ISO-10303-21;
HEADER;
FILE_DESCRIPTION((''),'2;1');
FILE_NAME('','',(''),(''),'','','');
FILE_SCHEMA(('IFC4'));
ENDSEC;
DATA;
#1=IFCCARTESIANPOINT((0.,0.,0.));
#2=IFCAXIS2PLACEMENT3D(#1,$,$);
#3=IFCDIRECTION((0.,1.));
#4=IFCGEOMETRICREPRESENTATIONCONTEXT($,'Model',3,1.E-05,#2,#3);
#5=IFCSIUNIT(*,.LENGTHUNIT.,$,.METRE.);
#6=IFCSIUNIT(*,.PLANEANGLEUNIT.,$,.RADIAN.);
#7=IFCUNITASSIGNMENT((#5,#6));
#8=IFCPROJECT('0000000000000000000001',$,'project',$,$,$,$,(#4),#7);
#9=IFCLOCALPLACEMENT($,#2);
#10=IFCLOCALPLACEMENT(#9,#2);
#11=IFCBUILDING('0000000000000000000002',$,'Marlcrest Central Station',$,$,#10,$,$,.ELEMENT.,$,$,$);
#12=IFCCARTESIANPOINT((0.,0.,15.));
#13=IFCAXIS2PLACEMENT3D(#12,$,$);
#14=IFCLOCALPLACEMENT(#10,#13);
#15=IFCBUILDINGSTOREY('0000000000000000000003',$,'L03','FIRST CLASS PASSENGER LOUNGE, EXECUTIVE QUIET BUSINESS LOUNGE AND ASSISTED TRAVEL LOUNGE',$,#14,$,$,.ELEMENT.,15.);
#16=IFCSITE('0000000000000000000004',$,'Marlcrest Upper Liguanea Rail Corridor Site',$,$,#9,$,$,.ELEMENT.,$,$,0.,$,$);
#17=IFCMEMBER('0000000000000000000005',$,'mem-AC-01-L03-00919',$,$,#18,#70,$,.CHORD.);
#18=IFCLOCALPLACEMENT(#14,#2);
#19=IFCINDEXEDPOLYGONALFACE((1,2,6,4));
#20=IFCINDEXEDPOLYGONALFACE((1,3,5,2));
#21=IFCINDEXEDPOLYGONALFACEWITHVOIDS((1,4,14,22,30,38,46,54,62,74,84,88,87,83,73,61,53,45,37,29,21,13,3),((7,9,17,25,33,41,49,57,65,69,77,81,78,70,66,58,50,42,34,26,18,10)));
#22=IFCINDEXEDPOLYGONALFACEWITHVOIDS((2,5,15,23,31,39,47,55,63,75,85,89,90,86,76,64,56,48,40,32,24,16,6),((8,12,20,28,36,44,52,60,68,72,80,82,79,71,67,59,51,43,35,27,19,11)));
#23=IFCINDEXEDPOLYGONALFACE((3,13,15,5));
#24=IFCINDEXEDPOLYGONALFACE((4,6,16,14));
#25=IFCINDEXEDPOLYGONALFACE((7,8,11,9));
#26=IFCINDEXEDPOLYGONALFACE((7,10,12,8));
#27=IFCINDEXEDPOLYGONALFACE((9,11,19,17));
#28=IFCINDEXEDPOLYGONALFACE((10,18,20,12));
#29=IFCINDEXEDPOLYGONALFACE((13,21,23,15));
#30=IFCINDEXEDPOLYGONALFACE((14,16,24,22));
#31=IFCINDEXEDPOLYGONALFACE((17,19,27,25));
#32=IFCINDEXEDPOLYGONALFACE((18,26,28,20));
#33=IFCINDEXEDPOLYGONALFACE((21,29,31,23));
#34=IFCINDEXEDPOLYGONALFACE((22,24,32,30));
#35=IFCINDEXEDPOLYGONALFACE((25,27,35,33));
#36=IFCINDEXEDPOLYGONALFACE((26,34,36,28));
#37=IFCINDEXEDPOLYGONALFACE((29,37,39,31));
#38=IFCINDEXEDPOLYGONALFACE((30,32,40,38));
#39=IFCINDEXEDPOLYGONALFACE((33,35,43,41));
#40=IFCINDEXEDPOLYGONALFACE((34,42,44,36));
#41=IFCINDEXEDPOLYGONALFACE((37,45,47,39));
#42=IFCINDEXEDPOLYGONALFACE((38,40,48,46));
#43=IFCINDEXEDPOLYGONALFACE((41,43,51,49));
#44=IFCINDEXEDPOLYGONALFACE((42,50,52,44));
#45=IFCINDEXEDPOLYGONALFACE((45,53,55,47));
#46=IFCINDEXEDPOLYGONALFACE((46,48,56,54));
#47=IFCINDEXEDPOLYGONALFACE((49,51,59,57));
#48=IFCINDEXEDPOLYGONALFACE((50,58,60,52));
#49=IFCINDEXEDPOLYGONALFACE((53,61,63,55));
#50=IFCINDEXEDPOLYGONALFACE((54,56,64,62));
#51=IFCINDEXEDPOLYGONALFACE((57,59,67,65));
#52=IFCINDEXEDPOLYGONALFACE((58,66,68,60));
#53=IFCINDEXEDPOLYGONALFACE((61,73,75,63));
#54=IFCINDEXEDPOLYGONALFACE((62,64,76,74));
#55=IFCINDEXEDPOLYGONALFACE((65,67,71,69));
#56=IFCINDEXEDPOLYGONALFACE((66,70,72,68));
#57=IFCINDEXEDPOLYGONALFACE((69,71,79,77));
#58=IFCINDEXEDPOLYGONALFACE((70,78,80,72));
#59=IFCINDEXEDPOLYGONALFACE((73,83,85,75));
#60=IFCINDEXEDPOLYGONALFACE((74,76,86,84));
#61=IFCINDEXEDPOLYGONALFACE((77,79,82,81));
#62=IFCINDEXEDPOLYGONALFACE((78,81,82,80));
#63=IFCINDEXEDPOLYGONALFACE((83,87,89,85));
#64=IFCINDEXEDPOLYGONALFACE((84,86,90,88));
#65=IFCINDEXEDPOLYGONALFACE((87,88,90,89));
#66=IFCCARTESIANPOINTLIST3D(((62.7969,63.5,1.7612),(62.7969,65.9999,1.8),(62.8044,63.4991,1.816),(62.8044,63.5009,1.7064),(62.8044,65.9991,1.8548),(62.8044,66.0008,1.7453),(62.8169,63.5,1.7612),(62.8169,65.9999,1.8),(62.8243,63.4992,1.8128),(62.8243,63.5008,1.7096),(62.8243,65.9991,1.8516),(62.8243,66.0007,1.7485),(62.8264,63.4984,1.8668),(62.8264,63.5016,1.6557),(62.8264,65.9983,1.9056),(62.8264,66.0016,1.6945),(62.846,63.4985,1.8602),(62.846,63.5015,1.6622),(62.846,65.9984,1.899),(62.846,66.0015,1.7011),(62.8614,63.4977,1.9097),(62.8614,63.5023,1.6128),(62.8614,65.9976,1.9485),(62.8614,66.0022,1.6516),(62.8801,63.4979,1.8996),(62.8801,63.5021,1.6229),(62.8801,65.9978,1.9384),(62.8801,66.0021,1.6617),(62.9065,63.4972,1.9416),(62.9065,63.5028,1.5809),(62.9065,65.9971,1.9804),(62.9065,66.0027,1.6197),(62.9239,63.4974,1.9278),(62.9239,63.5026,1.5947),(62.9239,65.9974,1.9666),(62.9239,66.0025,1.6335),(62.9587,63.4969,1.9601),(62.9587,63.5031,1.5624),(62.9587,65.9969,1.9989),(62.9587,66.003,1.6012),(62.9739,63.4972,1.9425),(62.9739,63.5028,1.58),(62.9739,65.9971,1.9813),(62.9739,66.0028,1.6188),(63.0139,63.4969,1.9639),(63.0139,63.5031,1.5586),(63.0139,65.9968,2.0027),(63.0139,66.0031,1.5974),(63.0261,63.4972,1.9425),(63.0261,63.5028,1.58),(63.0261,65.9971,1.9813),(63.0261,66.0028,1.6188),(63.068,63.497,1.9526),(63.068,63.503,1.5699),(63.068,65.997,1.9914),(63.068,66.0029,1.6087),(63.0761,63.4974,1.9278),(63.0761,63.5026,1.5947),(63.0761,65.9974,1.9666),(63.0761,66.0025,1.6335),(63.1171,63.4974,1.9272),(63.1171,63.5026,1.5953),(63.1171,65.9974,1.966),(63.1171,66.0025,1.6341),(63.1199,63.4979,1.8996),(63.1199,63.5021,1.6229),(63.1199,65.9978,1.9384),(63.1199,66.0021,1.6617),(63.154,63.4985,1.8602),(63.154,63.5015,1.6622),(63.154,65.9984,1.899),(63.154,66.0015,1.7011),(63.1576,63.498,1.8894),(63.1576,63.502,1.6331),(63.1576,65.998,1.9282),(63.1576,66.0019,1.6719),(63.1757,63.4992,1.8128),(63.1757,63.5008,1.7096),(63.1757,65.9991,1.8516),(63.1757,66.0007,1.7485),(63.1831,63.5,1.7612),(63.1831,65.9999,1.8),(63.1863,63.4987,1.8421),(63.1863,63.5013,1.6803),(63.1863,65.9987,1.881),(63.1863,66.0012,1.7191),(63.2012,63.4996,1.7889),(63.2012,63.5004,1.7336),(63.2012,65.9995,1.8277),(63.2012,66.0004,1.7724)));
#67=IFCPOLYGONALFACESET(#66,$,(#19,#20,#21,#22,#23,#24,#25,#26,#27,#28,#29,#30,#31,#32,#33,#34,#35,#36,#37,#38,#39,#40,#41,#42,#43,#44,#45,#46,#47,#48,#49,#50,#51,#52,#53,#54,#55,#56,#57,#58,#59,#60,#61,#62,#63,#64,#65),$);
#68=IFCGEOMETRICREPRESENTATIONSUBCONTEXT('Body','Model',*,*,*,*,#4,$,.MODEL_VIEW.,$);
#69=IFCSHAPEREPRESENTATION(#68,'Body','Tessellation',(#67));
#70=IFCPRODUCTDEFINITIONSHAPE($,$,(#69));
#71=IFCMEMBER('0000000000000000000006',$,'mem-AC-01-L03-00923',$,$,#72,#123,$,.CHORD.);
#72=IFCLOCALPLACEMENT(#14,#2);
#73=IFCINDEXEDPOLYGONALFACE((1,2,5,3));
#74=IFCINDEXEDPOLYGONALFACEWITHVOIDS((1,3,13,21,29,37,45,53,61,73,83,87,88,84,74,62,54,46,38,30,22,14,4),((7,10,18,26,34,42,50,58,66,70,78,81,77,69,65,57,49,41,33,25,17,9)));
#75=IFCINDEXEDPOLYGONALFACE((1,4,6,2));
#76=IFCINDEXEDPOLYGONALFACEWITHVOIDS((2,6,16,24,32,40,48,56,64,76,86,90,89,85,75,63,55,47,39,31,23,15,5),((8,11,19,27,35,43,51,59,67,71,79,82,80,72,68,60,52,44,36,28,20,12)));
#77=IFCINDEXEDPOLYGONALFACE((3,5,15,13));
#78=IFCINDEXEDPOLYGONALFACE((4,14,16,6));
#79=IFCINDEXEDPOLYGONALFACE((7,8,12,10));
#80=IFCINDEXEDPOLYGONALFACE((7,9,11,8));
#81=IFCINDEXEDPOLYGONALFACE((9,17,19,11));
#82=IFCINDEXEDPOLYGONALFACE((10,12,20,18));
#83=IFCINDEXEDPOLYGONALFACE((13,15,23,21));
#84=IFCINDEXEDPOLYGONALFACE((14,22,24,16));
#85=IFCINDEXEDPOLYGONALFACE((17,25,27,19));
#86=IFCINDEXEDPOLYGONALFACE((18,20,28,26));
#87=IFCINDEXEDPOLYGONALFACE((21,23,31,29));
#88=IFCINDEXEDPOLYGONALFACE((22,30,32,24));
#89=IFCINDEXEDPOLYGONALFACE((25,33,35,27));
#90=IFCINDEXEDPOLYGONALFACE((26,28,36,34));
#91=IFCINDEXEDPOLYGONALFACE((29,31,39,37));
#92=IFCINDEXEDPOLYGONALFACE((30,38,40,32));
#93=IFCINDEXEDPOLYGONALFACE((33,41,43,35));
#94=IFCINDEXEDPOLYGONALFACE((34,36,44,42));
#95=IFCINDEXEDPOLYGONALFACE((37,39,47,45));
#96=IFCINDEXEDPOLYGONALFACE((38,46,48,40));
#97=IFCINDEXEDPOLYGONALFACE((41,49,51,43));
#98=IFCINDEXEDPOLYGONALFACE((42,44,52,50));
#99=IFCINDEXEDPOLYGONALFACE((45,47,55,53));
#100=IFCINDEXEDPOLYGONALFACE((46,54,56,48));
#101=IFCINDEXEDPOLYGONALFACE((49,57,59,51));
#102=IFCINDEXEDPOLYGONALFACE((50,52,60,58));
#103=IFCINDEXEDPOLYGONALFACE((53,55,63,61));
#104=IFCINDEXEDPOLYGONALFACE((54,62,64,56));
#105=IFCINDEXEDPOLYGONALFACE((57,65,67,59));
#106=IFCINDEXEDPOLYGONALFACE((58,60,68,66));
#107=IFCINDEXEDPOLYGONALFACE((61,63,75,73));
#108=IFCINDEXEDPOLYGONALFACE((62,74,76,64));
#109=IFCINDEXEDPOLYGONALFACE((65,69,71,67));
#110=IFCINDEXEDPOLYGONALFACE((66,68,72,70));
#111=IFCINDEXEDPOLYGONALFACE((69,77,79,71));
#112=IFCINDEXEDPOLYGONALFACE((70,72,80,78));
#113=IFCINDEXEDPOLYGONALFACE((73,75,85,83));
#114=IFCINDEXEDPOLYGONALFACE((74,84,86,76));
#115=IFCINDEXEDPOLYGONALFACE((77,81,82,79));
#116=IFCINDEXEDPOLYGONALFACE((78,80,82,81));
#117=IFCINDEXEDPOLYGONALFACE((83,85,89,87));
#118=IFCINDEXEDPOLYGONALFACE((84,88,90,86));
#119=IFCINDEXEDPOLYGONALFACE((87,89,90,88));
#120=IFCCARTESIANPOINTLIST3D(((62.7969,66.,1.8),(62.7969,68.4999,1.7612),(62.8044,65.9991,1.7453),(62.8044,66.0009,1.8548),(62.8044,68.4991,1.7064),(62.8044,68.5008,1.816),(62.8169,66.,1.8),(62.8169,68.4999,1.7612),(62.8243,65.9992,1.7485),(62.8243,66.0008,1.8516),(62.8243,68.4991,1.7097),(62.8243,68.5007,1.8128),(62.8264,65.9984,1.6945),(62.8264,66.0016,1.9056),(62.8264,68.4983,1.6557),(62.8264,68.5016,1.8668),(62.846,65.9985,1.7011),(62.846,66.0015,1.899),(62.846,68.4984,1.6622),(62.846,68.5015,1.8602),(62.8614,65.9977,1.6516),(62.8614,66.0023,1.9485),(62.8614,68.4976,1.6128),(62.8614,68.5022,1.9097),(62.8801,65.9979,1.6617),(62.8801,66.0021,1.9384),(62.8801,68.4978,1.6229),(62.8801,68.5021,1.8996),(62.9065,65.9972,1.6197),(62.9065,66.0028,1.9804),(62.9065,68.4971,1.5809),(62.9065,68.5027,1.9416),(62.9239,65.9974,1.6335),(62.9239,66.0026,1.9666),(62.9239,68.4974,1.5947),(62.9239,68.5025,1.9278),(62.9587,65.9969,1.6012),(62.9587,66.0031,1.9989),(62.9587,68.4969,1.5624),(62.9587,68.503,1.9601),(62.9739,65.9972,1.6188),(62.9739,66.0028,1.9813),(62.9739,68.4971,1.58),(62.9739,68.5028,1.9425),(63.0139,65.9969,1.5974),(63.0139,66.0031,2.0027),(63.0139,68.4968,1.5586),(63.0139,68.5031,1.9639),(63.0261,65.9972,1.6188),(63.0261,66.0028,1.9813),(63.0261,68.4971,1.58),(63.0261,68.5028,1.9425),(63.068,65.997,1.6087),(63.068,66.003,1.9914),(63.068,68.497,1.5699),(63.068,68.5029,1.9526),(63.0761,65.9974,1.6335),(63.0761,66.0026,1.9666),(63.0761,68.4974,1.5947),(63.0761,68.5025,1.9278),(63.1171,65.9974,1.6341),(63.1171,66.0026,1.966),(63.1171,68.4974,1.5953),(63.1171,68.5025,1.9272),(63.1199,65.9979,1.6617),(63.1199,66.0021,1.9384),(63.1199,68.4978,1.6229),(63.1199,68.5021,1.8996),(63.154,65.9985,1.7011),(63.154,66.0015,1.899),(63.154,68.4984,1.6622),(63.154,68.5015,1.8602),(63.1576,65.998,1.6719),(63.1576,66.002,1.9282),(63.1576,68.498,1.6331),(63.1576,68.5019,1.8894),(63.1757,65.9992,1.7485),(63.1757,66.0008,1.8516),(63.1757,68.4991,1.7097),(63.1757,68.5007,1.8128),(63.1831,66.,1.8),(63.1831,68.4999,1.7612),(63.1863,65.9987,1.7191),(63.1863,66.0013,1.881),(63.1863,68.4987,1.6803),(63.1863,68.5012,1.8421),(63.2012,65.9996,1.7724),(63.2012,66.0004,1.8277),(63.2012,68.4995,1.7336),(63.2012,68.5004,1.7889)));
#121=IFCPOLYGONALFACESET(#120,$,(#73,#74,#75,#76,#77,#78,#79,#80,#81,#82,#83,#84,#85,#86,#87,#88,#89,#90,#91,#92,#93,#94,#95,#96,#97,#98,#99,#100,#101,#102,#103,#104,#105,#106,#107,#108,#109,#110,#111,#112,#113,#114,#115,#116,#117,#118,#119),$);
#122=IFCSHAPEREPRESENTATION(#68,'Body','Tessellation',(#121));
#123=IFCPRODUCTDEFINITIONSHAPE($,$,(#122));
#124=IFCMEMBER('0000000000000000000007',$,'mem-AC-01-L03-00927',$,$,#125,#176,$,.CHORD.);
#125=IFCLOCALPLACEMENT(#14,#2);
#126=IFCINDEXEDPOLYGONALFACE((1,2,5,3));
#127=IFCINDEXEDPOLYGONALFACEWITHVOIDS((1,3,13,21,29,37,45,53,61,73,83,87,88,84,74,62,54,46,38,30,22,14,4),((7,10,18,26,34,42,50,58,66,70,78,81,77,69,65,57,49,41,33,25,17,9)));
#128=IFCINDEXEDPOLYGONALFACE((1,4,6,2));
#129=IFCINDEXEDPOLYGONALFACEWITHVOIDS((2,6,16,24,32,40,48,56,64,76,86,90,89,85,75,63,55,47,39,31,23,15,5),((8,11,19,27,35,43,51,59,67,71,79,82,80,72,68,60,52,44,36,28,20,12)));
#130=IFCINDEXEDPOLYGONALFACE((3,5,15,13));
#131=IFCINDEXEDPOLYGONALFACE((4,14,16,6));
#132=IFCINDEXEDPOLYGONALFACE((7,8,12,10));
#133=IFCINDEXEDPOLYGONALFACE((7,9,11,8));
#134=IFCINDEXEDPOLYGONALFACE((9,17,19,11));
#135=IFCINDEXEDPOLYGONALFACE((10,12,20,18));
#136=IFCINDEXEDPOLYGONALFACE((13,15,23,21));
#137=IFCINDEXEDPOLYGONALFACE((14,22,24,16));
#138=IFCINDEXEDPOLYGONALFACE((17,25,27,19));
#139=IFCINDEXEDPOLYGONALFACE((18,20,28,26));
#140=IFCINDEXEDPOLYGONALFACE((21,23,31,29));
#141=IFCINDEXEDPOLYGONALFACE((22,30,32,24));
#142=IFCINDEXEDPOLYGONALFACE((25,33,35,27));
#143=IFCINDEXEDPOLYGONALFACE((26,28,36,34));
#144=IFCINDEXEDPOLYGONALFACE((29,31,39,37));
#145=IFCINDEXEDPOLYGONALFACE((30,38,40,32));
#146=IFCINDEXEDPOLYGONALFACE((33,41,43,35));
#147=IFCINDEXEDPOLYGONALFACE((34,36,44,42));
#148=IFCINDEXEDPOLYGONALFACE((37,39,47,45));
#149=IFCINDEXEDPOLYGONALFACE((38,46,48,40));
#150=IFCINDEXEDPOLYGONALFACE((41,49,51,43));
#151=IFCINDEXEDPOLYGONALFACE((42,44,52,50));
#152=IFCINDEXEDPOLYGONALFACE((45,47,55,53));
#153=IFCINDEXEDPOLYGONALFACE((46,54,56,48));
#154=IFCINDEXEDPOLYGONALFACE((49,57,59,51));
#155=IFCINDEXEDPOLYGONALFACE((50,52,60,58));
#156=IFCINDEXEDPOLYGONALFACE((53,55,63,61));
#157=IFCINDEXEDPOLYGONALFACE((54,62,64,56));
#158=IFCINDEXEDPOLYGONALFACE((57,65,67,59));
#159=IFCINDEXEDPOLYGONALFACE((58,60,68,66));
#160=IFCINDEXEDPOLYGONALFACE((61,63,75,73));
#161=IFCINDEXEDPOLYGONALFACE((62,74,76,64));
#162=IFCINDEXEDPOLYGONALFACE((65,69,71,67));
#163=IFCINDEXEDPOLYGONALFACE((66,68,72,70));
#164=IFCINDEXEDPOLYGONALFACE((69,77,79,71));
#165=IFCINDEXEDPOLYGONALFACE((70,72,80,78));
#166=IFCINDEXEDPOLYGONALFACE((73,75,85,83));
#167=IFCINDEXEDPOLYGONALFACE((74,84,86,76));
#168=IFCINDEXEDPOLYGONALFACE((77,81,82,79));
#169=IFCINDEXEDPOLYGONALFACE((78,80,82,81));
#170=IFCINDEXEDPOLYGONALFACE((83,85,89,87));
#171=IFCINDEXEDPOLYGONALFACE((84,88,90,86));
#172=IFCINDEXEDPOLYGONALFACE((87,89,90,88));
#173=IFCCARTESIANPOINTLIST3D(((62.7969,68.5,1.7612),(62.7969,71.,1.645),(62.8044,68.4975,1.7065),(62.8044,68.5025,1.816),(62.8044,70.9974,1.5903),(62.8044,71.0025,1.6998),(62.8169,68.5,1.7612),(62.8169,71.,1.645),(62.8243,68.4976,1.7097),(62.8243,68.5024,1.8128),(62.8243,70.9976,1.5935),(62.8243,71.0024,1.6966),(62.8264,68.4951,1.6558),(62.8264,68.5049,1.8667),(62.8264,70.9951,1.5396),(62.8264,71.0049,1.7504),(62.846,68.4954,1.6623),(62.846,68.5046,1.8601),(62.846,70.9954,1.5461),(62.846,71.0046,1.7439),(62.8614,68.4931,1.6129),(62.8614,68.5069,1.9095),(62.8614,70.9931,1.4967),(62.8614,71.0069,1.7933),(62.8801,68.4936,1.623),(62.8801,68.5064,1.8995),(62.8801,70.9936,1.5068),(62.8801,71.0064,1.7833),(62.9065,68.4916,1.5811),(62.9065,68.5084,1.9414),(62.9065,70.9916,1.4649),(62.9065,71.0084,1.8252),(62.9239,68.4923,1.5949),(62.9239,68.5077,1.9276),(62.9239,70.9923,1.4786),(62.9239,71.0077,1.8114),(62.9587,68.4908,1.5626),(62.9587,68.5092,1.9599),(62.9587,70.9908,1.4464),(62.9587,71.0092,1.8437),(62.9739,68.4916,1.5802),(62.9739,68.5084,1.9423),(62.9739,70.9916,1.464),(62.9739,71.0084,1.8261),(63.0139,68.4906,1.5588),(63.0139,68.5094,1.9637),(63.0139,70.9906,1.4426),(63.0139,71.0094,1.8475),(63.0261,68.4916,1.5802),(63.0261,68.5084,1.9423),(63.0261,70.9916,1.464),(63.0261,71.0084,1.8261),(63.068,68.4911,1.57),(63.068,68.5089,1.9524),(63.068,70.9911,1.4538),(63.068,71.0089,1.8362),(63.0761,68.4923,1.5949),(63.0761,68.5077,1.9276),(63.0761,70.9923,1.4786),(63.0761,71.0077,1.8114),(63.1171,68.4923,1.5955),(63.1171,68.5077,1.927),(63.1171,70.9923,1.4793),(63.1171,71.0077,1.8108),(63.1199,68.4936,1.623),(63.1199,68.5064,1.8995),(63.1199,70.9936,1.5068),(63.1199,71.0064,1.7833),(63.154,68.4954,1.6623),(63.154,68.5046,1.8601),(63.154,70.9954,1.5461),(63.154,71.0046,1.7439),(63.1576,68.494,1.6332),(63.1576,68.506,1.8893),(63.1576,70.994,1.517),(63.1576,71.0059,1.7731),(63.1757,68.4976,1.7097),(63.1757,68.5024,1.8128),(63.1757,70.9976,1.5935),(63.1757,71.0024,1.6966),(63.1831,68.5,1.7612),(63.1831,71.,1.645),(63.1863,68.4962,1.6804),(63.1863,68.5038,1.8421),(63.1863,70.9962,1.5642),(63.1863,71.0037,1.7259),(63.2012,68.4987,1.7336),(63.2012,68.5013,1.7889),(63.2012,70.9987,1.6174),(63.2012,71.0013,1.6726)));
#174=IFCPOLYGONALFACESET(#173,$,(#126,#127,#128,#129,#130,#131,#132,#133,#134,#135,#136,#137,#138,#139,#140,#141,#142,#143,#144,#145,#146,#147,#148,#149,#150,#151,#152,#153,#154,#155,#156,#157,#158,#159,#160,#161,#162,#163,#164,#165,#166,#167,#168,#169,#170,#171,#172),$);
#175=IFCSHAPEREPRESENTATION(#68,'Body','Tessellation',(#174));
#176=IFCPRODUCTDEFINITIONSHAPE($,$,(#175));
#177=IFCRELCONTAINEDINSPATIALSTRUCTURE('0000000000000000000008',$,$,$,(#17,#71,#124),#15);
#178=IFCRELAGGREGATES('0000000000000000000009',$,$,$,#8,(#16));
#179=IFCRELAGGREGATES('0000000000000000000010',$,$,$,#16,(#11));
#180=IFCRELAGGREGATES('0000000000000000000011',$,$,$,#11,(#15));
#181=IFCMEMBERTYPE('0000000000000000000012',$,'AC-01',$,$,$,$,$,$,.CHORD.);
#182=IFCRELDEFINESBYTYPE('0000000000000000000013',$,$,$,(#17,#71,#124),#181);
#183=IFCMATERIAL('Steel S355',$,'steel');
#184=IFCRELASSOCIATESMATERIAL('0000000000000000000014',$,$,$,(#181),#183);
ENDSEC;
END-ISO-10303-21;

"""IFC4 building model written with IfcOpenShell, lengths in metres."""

from ifc_helpers import new_model, si_unit, direction, frame, origin, origin_2d, place, context, subcontext, project, spatial, hollow_circle, extrude, material, material_profile, profile_set, type_object, element, save


model = new_model("IFC4")

# Units and contexts
model_context = context("Model", 3, precision=1e-05, world=origin(), true_north=direction((0.0, 1.0)))
body_context = subcontext(model_context, "Body", "Model", "MODEL_VIEW")
ifc_project = project(units=[si_unit("LENGTHUNIT", "METRE"), si_unit("PLANEANGLEUNIT", "RADIAN")], contexts=[model_context])

# Site, building, storey
site_placement = place(None, origin())
site = spatial("IfcSite", under=ifc_project, at=site_placement, Name="Marlcrest Upper Liguanea Rail Corridor Site", CompositionType="ELEMENT", RefElevation=0.0)
building_placement = place(site_placement, origin())
building = spatial("IfcBuilding", under=site, at=building_placement, Name="Marlcrest Central Station", CompositionType="ELEMENT")
storey_placement = place(building_placement, frame((0.0, 0.0, 15.0)))
storey = spatial("IfcBuildingStorey", under=building, at=storey_placement, Name="L03", Description="FIRST CLASS PASSENGER LOUNGE, EXECUTIVE QUIET BUSINESS LOUNGE AND ASSISTED TRAVEL LOUNGE", CompositionType="ELEMENT", Elevation=15.0)

# Members
ifc_material_1 = material(Name="Steel S355", Category="steel")
ifc_material_profile_1 = material_profile(ifc_material_1, hollow_circle(Radius=0.2031, WallThickness=0.02, at=origin_2d()), Name="CHS 406.4x20")
ifc_profile_set_1 = profile_set([ifc_material_profile_1], Name="Steel S355")
member_type_1 = type_object("IfcMemberType", Name="AC-01", PredefinedType="CHORD", material=ifc_profile_set_1)
for number, where, z_axis, x_axis, name in (
    (1, (63.0, 63.5, 1.7612), (0.0, 0.999879, 0.015525), (-1.0, 0.0, 0.0), "mem-AC-01-L03-00919"),
    (2, (63.0, 66.0, 1.8), (0.0, 0.999879, -0.015525), (-1.0, 0.0, 0.0), "mem-AC-01-L03-00923"),
):
    element("IfcMember", number, at=place(storey_placement, frame(where, z_axis=z_axis, x_axis=x_axis)), inside=storey, type_object=member_type_1, Name=name, PredefinedType="CHORD", context=body_context, shape_type="SweptSolid", body=[
        extrude(hollow_circle(Radius=0.2031, WallThickness=0.02, at=origin_2d()), origin(), (0.0, 0.0, 1.0), 2.5002),
    ])
member_1_placement = place(storey_placement, frame((63.0, 68.5, 1.7612), z_axis=(0.0, 0.998921, -0.046434), x_axis=(-1.0, 0.0, 0.0)))
element("IfcMember", 3, at=member_1_placement, inside=storey, type_object=member_type_1, Name="mem-AC-01-L03-00927", PredefinedType="CHORD", context=body_context, shape_type="SweptSolid", body=[
    extrude(hollow_circle(Radius=0.2031, WallThickness=0.02, at=origin_2d()), origin(), (0.0, 0.0, 1.0), 2.5027),
])

save(model, "model.ifc")
